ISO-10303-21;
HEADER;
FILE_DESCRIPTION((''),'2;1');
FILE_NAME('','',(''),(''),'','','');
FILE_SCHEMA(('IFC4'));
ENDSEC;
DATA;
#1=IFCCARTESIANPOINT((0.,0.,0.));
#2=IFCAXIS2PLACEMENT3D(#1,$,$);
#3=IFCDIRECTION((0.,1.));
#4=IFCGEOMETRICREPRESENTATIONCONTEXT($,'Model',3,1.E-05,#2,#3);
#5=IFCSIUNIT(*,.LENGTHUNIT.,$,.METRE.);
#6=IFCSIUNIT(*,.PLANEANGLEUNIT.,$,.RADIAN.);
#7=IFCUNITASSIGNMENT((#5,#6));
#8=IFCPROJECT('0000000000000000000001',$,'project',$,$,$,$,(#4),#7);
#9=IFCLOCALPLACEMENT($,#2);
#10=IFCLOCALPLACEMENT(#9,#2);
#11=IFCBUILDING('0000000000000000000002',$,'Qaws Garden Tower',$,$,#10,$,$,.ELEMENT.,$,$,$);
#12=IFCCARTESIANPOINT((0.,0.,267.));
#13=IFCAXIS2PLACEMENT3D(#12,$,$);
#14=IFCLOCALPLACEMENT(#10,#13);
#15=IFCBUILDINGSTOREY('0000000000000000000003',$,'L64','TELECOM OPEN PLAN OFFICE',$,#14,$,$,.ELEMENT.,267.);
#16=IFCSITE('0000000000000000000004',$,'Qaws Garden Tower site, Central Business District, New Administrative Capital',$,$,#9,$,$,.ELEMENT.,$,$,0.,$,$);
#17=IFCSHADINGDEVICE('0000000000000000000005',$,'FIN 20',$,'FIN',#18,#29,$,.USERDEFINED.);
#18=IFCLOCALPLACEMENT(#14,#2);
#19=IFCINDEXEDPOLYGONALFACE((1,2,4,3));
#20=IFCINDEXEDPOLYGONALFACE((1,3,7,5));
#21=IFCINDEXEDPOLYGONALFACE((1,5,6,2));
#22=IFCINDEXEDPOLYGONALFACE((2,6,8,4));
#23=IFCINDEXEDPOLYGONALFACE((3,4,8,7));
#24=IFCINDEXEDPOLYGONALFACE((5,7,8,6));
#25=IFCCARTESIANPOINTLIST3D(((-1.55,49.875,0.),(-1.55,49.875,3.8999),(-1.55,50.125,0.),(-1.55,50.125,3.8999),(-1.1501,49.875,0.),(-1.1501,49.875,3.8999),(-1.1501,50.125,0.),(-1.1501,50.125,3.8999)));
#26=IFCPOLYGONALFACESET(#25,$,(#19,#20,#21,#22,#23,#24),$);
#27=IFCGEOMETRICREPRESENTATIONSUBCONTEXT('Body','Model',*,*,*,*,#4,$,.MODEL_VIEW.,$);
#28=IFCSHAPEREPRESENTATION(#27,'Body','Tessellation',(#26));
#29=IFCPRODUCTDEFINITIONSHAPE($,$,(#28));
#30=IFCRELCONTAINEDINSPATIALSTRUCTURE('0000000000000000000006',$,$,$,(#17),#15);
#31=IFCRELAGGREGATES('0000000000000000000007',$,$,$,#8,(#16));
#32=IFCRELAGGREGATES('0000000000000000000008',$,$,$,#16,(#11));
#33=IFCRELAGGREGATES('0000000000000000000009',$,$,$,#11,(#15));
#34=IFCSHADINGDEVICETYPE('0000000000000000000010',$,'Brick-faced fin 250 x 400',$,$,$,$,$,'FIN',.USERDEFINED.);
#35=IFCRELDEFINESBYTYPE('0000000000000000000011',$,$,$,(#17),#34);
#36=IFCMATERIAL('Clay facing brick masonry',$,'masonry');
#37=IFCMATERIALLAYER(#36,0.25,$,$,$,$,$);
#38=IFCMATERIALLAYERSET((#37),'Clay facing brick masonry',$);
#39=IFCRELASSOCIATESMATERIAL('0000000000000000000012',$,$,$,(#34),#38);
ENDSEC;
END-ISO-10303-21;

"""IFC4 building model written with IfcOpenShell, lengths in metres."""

from ifc_helpers import new_model, si_unit, direction, frame, origin, origin_2d, place, context, subcontext, project, spatial, rectangle, extrude, material, layer, layer_set, type_object, element, save


model = new_model("IFC4")

# Units and contexts
model_context = context("Model", 3, precision=1e-05, world=origin(), true_north=direction((0.0, 1.0)))
body_context = subcontext(model_context, "Body", "Model", "MODEL_VIEW")
ifc_project = project(units=[si_unit("LENGTHUNIT", "METRE"), si_unit("PLANEANGLEUNIT", "RADIAN")], contexts=[model_context])

# Site, building, storey
site_placement = place(None, origin())
site = spatial("IfcSite", under=ifc_project, at=site_placement, Name="Qaws Garden Tower site, Central Business District, New Administrative Capital", CompositionType="ELEMENT", RefElevation=0.0)
building_placement = place(site_placement, origin())
building = spatial("IfcBuilding", under=site, at=building_placement, Name="Qaws Garden Tower", CompositionType="ELEMENT")
storey_placement = place(building_placement, frame((0.0, 0.0, 267.0)))
storey = spatial("IfcBuildingStorey", under=building, at=storey_placement, Name="L64", Description="TELECOM OPEN PLAN OFFICE", CompositionType="ELEMENT", Elevation=267.0)

# Shading device
ifc_material_1 = material(Name="Clay facing brick masonry", Category="masonry")
ifc_layer_1 = layer(ifc_material_1, 0.25)
ifc_layer_set_1 = layer_set([ifc_layer_1], Name="Clay facing brick masonry")
shading_device_type = type_object("IfcShadingDeviceType", Name="Brick-faced fin 250 x 400", ElementType="FIN", PredefinedType="USERDEFINED", material=ifc_layer_set_1)
shading_device_placement = place(storey_placement, frame((-1.3501, 50.0, 0.0), z_axis=(0.0, 0.0, 1.0), x_axis=(0.0, -1.0, 0.0)))
element("IfcShadingDevice", 1, at=shading_device_placement, inside=storey, type_object=shading_device_type, Name="FIN 20", ObjectType="FIN", PredefinedType="USERDEFINED", context=body_context, shape_type="SweptSolid", body=[
    extrude(rectangle(XDim=0.25, YDim=0.3999, at=origin_2d()), origin(), (0.0, 0.0, 1.0), 3.8999),
])

save(model, "model.ifc")
